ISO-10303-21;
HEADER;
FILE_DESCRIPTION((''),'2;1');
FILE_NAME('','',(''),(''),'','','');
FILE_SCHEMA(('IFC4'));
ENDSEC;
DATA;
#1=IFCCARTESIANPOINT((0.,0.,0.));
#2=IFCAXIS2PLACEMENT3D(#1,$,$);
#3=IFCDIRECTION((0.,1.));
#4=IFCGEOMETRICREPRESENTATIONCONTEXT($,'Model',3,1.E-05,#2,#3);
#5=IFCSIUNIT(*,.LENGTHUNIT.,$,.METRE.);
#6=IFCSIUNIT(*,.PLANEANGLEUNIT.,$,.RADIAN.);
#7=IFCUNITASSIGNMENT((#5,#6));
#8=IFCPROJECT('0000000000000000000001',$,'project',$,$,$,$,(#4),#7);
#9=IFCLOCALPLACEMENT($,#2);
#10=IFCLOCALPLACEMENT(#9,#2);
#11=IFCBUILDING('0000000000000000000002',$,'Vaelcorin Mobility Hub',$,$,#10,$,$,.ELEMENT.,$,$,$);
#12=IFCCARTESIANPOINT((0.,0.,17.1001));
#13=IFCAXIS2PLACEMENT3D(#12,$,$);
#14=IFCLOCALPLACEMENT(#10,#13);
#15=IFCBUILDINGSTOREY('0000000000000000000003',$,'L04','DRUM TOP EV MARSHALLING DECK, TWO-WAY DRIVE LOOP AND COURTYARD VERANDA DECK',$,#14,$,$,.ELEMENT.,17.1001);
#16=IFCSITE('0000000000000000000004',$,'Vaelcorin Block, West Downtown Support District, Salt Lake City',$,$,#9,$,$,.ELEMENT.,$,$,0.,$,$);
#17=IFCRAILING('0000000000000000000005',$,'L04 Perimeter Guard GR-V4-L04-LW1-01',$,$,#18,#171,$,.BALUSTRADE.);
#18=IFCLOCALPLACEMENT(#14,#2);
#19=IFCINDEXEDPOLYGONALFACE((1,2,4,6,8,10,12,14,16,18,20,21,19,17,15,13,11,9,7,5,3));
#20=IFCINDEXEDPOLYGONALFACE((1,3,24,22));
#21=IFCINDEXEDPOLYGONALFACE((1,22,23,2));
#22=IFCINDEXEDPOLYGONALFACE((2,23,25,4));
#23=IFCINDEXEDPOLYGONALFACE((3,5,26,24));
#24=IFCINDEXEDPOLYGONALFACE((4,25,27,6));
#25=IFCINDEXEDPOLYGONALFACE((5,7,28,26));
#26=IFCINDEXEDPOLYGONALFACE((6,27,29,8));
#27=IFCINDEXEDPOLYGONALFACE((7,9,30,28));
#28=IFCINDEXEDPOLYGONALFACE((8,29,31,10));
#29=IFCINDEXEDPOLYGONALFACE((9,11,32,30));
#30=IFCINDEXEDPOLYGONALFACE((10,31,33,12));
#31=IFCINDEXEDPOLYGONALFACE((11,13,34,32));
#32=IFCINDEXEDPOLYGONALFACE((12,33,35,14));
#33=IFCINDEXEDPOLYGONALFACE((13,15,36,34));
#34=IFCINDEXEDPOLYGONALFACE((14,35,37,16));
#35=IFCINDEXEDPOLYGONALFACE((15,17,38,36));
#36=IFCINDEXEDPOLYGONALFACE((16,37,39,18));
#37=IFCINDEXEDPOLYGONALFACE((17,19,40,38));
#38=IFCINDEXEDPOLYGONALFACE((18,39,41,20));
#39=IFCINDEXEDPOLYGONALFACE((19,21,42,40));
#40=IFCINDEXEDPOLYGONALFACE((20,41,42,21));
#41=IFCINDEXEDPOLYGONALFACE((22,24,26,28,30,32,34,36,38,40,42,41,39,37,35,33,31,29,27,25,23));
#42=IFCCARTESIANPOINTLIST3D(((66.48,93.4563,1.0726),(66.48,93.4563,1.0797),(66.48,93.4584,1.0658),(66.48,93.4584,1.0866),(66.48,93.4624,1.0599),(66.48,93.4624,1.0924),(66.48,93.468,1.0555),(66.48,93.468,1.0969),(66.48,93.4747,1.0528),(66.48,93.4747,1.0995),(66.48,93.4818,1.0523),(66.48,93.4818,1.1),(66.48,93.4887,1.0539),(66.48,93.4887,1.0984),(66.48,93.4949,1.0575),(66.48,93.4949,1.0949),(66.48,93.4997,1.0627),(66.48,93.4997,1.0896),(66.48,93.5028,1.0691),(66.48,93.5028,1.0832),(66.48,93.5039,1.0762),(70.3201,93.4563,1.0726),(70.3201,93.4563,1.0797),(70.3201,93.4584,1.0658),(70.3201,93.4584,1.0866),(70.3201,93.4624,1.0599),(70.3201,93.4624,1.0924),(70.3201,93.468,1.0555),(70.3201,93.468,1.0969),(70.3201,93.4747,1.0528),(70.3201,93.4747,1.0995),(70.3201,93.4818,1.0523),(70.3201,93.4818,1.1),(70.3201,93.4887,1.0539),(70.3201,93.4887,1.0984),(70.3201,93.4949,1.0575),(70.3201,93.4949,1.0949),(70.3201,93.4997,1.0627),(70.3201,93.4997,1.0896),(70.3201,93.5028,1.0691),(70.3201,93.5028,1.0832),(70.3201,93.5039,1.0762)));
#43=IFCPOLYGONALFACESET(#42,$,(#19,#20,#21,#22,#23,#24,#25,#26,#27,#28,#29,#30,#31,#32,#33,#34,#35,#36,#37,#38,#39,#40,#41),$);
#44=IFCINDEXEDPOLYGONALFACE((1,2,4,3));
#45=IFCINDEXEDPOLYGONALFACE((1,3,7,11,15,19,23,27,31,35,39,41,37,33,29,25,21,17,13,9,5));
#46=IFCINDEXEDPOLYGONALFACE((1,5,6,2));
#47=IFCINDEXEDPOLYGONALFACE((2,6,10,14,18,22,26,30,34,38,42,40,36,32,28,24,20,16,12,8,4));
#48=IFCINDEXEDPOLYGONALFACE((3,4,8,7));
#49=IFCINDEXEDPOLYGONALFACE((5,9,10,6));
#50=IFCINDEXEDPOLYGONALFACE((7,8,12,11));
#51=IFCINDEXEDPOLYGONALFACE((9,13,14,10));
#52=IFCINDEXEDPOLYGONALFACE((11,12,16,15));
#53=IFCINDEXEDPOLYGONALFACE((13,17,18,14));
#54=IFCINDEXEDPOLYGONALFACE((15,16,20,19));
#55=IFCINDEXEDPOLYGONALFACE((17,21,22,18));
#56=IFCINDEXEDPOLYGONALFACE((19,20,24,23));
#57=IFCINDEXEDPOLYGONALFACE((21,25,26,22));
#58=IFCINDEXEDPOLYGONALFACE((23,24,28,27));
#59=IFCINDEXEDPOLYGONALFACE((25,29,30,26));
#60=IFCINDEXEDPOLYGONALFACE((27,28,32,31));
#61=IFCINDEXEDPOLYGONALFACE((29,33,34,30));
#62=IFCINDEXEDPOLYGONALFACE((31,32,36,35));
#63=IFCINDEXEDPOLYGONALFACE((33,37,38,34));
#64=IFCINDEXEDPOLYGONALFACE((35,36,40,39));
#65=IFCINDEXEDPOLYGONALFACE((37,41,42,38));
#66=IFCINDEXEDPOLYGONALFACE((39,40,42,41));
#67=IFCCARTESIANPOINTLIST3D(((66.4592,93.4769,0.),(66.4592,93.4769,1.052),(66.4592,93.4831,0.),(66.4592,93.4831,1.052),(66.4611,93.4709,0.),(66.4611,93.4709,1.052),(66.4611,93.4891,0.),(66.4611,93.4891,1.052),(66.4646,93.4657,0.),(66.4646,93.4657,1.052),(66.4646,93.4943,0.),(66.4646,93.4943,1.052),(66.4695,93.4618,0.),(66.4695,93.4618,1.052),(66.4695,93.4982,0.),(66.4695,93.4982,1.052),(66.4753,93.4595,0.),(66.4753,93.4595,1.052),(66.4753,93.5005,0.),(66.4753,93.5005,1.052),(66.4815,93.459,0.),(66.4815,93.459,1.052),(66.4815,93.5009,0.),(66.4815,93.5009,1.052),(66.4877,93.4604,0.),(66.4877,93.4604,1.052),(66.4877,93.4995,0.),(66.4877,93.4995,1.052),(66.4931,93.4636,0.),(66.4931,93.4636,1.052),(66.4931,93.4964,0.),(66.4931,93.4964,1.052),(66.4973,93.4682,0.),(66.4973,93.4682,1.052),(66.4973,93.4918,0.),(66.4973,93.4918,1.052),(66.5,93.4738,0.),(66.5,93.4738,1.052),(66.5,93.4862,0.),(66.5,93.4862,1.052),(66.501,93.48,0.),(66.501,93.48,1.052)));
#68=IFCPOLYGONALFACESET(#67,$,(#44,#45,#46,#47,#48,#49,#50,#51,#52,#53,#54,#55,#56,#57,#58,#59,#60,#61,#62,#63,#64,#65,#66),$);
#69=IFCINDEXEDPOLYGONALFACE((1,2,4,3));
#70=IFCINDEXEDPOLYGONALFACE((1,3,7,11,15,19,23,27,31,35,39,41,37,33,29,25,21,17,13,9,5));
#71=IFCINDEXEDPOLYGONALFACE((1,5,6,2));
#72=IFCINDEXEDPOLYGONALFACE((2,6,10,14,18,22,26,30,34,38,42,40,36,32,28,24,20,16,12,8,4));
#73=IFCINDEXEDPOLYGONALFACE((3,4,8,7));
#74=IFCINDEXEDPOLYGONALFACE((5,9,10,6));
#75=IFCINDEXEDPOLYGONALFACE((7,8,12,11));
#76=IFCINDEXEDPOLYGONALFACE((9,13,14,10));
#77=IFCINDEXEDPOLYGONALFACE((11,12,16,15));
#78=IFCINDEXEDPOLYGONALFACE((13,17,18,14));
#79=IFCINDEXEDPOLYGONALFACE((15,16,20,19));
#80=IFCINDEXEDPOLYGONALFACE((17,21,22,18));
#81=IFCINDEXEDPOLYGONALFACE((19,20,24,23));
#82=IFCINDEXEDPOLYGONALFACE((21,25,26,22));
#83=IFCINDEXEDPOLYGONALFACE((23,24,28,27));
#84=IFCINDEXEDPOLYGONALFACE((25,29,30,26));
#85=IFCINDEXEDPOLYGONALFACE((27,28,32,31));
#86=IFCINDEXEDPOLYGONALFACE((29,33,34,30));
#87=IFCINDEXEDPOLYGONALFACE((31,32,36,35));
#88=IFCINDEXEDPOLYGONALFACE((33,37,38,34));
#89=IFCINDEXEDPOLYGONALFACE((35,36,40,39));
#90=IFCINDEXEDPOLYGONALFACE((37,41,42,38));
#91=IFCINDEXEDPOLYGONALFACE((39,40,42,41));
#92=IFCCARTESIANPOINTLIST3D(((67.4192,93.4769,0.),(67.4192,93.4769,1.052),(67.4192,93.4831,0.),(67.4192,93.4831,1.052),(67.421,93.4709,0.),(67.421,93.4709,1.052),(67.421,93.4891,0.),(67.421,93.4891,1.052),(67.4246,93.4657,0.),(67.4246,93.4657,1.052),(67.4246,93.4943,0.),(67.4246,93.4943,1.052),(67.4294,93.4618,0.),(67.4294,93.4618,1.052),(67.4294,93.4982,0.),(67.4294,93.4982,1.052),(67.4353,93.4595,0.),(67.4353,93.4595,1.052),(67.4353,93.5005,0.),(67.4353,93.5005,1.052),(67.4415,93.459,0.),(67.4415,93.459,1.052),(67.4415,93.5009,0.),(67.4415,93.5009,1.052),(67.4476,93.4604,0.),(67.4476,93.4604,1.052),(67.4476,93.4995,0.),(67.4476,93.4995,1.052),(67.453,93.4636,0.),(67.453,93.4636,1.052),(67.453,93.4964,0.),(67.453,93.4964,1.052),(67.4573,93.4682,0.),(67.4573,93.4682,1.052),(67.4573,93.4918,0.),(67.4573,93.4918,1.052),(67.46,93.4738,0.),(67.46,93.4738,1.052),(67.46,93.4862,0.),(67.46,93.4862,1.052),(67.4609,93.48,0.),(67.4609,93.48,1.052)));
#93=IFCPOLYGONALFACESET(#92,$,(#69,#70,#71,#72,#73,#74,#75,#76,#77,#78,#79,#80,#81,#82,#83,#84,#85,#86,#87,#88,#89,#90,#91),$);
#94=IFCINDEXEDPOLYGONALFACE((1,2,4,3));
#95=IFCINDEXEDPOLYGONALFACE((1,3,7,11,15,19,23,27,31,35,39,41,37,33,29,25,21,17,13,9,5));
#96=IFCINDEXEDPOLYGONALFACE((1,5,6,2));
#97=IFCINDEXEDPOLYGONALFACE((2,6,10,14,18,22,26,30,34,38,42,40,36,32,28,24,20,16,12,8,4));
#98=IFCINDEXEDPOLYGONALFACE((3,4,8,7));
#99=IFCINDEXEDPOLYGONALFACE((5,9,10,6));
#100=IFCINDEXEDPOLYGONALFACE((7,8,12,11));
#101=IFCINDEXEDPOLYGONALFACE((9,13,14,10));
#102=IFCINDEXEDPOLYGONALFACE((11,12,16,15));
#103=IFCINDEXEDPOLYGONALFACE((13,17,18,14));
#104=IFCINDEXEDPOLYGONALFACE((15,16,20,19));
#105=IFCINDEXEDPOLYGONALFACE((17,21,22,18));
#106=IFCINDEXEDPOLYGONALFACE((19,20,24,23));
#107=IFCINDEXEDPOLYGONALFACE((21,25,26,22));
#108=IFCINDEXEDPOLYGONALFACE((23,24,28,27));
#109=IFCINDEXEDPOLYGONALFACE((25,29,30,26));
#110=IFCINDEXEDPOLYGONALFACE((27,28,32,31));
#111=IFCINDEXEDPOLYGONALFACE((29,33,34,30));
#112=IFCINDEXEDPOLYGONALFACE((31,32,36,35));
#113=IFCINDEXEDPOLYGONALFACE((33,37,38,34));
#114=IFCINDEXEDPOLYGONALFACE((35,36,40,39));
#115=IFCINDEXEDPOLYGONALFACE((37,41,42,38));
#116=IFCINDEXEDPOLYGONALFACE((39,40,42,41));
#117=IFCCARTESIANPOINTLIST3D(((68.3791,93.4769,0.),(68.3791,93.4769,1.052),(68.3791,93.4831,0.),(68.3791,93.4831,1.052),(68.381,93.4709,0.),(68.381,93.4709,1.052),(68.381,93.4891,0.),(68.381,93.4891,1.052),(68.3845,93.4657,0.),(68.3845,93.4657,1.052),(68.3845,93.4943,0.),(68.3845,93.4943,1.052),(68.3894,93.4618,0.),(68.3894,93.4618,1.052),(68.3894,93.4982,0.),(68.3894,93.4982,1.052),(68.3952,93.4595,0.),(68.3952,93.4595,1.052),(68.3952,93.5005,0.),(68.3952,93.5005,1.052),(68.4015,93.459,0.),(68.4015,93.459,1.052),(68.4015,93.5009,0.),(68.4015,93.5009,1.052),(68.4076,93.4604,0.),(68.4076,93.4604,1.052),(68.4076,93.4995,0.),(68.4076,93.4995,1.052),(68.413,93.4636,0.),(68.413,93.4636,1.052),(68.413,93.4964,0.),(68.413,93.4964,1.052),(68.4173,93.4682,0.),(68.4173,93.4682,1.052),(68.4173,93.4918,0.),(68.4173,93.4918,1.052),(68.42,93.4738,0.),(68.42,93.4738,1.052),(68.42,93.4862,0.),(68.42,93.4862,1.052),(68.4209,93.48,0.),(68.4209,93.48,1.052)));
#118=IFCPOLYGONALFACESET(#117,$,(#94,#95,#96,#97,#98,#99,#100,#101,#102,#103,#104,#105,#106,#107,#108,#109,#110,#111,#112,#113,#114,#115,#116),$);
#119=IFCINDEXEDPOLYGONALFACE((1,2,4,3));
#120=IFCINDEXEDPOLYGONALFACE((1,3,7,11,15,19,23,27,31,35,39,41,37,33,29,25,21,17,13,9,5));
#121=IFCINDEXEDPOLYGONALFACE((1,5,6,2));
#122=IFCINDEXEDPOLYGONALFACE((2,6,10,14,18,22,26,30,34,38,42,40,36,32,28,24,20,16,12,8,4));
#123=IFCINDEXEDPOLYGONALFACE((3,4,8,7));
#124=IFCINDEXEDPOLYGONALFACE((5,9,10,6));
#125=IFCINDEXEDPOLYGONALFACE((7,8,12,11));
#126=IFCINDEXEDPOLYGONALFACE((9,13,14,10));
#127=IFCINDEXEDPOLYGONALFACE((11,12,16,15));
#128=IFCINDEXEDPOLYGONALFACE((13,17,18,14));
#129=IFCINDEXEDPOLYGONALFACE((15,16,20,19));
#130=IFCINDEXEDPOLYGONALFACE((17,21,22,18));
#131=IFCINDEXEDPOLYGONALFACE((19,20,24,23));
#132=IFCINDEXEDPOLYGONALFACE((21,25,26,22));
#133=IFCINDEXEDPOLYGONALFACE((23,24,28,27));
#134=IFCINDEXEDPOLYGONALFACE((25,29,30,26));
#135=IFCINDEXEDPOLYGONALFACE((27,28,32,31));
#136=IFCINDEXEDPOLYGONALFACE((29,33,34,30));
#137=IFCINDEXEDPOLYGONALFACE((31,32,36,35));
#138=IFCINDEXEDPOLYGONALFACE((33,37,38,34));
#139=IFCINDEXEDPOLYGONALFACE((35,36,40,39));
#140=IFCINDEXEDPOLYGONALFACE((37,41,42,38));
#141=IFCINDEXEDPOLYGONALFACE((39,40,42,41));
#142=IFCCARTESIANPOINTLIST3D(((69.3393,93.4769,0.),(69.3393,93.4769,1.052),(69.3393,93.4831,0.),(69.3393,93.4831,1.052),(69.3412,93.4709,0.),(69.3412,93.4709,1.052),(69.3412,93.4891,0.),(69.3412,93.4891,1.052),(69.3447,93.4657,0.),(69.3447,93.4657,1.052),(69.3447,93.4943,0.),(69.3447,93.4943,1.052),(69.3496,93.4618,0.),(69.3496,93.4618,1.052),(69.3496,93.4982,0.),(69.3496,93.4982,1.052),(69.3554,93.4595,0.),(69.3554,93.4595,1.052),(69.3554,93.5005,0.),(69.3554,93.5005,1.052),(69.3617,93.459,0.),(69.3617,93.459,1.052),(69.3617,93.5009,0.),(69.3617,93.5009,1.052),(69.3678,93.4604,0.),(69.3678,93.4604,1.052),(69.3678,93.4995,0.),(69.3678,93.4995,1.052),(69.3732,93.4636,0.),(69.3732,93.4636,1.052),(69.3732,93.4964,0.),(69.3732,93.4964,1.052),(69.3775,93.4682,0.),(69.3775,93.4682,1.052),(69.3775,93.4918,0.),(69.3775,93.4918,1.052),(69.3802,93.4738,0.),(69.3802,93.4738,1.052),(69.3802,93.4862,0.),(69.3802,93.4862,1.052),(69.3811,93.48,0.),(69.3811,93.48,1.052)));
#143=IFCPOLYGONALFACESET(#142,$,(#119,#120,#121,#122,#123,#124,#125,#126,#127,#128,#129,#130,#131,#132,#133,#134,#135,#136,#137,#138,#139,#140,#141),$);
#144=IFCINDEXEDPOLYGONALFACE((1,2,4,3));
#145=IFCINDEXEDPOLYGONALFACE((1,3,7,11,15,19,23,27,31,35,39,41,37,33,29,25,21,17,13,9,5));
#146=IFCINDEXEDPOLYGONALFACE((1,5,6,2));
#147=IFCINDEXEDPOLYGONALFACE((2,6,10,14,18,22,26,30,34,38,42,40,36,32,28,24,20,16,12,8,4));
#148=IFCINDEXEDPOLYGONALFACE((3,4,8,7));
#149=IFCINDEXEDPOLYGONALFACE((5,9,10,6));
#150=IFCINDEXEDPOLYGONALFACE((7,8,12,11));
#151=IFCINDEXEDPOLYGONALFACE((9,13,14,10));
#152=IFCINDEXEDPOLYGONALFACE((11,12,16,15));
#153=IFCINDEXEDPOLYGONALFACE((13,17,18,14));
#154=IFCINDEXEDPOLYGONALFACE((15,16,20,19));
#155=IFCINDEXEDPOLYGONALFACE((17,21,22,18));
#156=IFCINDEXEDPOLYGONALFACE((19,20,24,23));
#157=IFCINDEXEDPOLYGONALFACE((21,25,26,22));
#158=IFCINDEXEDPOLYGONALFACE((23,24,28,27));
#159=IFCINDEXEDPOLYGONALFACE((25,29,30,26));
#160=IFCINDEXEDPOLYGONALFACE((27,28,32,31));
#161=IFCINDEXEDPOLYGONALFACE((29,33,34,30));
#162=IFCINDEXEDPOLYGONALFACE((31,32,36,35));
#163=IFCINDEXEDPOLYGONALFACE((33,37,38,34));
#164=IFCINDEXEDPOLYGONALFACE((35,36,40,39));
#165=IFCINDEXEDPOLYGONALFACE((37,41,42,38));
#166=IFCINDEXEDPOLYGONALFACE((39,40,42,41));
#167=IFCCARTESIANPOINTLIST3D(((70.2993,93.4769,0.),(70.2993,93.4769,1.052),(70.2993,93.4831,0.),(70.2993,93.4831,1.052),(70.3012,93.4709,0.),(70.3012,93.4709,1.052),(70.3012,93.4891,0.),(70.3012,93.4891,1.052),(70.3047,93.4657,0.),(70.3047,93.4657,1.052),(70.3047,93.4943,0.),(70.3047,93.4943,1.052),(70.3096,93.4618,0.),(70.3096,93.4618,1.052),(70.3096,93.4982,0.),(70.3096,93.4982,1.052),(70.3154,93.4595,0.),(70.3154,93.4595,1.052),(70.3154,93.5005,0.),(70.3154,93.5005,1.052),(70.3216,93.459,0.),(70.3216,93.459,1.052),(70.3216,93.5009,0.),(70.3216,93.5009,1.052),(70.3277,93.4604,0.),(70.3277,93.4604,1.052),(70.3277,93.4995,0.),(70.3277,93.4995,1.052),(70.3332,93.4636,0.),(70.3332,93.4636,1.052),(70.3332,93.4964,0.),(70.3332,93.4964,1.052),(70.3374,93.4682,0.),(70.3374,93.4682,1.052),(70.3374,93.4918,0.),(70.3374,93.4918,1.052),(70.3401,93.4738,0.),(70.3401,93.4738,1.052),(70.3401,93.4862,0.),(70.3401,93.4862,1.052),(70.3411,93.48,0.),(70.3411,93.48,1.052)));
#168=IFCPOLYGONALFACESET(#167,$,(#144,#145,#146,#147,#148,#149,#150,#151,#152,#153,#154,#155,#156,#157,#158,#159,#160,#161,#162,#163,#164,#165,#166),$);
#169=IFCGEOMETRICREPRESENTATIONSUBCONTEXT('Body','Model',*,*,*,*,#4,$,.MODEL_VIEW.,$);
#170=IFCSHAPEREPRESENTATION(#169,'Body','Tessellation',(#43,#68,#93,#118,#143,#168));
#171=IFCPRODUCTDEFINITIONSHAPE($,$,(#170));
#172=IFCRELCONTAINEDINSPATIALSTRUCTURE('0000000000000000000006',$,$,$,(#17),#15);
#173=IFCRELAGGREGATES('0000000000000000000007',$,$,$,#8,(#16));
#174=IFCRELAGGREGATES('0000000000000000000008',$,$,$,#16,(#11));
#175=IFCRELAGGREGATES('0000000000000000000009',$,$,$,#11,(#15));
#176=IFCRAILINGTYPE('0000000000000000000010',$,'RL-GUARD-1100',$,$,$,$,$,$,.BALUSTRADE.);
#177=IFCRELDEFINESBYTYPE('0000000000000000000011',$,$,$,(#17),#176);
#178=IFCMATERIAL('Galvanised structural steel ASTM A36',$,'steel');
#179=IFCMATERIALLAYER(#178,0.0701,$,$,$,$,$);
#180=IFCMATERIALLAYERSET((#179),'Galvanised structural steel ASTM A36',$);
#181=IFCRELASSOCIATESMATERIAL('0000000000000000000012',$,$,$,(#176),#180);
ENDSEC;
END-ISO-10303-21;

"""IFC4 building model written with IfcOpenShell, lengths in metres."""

from ifc_helpers import new_model, si_unit, direction, frame, origin, origin_2d, place, context, subcontext, project, spatial, circle, extrude, material, layer, layer_set, type_object, element, save


model = new_model("IFC4")

# Units and contexts
model_context = context("Model", 3, precision=1e-05, world=origin(), true_north=direction((0.0, 1.0)))
body_context = subcontext(model_context, "Body", "Model", "MODEL_VIEW")
ifc_project = project(units=[si_unit("LENGTHUNIT", "METRE"), si_unit("PLANEANGLEUNIT", "RADIAN")], contexts=[model_context])

# Site, building, storey
site_placement = place(None, origin())
site = spatial("IfcSite", under=ifc_project, at=site_placement, Name="Vaelcorin Block, West Downtown Support District, Salt Lake City", CompositionType="ELEMENT", RefElevation=0.0)
building_placement = place(site_placement, origin())
building = spatial("IfcBuilding", under=site, at=building_placement, Name="Vaelcorin Mobility Hub", CompositionType="ELEMENT")
storey_placement = place(building_placement, frame((0.0, 0.0, 17.1001)))
storey = spatial("IfcBuildingStorey", under=building, at=storey_placement, Name="L04", Description="DRUM TOP EV MARSHALLING DECK, TWO-WAY DRIVE LOOP AND COURTYARD VERANDA DECK", CompositionType="ELEMENT", Elevation=17.1001)

# Railing
ifc_material_1 = material(Name="Galvanised structural steel ASTM A36", Category="steel")
ifc_layer_1 = layer(ifc_material_1, 0.0701)
ifc_layer_set_1 = layer_set([ifc_layer_1], Name="Galvanised structural steel ASTM A36")
railing_type = type_object("IfcRailingType", Name="RL-GUARD-1100", PredefinedType="BALUSTRADE", material=ifc_layer_set_1)
railing_1_placement = place(storey_placement, frame((66.48, 93.48, 0.0)))
element("IfcRailing", 1, at=railing_1_placement, inside=storey, type_object=railing_type, Name="L04 Perimeter Guard GR-V4-L04-LW1-01", PredefinedType="BALUSTRADE", context=body_context, shape_type="SweptSolid", body=[
    extrude(circle(Radius=0.0239, at=origin_2d()), frame((0.0, 0.0, 1.0762), z_axis=(1.0, 0.0, 0.0), x_axis=(0.0, 1.0, 0.0)), (0.0, 0.0, 1.0), 3.8401),
    extrude(circle(Radius=0.021, at=origin_2d()), origin(), (0.0, 0.0, 1.0), 1.052),
    extrude(circle(Radius=0.021, at=origin_2d()), frame((0.96, 0.0, 0.0)), (0.0, 0.0, 1.0), 1.052),
    extrude(circle(Radius=0.021, at=origin_2d()), frame((1.9199, 0.0, 0.0)), (0.0, 0.0, 1.0), 1.052),
    extrude(circle(Radius=0.021, at=origin_2d()), frame((2.8801, 0.0, 0.0)), (0.0, 0.0, 1.0), 1.052),
    extrude(circle(Radius=0.021, at=origin_2d()), frame((3.8401, 0.0, 0.0)), (0.0, 0.0, 1.0), 1.052),
])

save(model, "model.ifc")
